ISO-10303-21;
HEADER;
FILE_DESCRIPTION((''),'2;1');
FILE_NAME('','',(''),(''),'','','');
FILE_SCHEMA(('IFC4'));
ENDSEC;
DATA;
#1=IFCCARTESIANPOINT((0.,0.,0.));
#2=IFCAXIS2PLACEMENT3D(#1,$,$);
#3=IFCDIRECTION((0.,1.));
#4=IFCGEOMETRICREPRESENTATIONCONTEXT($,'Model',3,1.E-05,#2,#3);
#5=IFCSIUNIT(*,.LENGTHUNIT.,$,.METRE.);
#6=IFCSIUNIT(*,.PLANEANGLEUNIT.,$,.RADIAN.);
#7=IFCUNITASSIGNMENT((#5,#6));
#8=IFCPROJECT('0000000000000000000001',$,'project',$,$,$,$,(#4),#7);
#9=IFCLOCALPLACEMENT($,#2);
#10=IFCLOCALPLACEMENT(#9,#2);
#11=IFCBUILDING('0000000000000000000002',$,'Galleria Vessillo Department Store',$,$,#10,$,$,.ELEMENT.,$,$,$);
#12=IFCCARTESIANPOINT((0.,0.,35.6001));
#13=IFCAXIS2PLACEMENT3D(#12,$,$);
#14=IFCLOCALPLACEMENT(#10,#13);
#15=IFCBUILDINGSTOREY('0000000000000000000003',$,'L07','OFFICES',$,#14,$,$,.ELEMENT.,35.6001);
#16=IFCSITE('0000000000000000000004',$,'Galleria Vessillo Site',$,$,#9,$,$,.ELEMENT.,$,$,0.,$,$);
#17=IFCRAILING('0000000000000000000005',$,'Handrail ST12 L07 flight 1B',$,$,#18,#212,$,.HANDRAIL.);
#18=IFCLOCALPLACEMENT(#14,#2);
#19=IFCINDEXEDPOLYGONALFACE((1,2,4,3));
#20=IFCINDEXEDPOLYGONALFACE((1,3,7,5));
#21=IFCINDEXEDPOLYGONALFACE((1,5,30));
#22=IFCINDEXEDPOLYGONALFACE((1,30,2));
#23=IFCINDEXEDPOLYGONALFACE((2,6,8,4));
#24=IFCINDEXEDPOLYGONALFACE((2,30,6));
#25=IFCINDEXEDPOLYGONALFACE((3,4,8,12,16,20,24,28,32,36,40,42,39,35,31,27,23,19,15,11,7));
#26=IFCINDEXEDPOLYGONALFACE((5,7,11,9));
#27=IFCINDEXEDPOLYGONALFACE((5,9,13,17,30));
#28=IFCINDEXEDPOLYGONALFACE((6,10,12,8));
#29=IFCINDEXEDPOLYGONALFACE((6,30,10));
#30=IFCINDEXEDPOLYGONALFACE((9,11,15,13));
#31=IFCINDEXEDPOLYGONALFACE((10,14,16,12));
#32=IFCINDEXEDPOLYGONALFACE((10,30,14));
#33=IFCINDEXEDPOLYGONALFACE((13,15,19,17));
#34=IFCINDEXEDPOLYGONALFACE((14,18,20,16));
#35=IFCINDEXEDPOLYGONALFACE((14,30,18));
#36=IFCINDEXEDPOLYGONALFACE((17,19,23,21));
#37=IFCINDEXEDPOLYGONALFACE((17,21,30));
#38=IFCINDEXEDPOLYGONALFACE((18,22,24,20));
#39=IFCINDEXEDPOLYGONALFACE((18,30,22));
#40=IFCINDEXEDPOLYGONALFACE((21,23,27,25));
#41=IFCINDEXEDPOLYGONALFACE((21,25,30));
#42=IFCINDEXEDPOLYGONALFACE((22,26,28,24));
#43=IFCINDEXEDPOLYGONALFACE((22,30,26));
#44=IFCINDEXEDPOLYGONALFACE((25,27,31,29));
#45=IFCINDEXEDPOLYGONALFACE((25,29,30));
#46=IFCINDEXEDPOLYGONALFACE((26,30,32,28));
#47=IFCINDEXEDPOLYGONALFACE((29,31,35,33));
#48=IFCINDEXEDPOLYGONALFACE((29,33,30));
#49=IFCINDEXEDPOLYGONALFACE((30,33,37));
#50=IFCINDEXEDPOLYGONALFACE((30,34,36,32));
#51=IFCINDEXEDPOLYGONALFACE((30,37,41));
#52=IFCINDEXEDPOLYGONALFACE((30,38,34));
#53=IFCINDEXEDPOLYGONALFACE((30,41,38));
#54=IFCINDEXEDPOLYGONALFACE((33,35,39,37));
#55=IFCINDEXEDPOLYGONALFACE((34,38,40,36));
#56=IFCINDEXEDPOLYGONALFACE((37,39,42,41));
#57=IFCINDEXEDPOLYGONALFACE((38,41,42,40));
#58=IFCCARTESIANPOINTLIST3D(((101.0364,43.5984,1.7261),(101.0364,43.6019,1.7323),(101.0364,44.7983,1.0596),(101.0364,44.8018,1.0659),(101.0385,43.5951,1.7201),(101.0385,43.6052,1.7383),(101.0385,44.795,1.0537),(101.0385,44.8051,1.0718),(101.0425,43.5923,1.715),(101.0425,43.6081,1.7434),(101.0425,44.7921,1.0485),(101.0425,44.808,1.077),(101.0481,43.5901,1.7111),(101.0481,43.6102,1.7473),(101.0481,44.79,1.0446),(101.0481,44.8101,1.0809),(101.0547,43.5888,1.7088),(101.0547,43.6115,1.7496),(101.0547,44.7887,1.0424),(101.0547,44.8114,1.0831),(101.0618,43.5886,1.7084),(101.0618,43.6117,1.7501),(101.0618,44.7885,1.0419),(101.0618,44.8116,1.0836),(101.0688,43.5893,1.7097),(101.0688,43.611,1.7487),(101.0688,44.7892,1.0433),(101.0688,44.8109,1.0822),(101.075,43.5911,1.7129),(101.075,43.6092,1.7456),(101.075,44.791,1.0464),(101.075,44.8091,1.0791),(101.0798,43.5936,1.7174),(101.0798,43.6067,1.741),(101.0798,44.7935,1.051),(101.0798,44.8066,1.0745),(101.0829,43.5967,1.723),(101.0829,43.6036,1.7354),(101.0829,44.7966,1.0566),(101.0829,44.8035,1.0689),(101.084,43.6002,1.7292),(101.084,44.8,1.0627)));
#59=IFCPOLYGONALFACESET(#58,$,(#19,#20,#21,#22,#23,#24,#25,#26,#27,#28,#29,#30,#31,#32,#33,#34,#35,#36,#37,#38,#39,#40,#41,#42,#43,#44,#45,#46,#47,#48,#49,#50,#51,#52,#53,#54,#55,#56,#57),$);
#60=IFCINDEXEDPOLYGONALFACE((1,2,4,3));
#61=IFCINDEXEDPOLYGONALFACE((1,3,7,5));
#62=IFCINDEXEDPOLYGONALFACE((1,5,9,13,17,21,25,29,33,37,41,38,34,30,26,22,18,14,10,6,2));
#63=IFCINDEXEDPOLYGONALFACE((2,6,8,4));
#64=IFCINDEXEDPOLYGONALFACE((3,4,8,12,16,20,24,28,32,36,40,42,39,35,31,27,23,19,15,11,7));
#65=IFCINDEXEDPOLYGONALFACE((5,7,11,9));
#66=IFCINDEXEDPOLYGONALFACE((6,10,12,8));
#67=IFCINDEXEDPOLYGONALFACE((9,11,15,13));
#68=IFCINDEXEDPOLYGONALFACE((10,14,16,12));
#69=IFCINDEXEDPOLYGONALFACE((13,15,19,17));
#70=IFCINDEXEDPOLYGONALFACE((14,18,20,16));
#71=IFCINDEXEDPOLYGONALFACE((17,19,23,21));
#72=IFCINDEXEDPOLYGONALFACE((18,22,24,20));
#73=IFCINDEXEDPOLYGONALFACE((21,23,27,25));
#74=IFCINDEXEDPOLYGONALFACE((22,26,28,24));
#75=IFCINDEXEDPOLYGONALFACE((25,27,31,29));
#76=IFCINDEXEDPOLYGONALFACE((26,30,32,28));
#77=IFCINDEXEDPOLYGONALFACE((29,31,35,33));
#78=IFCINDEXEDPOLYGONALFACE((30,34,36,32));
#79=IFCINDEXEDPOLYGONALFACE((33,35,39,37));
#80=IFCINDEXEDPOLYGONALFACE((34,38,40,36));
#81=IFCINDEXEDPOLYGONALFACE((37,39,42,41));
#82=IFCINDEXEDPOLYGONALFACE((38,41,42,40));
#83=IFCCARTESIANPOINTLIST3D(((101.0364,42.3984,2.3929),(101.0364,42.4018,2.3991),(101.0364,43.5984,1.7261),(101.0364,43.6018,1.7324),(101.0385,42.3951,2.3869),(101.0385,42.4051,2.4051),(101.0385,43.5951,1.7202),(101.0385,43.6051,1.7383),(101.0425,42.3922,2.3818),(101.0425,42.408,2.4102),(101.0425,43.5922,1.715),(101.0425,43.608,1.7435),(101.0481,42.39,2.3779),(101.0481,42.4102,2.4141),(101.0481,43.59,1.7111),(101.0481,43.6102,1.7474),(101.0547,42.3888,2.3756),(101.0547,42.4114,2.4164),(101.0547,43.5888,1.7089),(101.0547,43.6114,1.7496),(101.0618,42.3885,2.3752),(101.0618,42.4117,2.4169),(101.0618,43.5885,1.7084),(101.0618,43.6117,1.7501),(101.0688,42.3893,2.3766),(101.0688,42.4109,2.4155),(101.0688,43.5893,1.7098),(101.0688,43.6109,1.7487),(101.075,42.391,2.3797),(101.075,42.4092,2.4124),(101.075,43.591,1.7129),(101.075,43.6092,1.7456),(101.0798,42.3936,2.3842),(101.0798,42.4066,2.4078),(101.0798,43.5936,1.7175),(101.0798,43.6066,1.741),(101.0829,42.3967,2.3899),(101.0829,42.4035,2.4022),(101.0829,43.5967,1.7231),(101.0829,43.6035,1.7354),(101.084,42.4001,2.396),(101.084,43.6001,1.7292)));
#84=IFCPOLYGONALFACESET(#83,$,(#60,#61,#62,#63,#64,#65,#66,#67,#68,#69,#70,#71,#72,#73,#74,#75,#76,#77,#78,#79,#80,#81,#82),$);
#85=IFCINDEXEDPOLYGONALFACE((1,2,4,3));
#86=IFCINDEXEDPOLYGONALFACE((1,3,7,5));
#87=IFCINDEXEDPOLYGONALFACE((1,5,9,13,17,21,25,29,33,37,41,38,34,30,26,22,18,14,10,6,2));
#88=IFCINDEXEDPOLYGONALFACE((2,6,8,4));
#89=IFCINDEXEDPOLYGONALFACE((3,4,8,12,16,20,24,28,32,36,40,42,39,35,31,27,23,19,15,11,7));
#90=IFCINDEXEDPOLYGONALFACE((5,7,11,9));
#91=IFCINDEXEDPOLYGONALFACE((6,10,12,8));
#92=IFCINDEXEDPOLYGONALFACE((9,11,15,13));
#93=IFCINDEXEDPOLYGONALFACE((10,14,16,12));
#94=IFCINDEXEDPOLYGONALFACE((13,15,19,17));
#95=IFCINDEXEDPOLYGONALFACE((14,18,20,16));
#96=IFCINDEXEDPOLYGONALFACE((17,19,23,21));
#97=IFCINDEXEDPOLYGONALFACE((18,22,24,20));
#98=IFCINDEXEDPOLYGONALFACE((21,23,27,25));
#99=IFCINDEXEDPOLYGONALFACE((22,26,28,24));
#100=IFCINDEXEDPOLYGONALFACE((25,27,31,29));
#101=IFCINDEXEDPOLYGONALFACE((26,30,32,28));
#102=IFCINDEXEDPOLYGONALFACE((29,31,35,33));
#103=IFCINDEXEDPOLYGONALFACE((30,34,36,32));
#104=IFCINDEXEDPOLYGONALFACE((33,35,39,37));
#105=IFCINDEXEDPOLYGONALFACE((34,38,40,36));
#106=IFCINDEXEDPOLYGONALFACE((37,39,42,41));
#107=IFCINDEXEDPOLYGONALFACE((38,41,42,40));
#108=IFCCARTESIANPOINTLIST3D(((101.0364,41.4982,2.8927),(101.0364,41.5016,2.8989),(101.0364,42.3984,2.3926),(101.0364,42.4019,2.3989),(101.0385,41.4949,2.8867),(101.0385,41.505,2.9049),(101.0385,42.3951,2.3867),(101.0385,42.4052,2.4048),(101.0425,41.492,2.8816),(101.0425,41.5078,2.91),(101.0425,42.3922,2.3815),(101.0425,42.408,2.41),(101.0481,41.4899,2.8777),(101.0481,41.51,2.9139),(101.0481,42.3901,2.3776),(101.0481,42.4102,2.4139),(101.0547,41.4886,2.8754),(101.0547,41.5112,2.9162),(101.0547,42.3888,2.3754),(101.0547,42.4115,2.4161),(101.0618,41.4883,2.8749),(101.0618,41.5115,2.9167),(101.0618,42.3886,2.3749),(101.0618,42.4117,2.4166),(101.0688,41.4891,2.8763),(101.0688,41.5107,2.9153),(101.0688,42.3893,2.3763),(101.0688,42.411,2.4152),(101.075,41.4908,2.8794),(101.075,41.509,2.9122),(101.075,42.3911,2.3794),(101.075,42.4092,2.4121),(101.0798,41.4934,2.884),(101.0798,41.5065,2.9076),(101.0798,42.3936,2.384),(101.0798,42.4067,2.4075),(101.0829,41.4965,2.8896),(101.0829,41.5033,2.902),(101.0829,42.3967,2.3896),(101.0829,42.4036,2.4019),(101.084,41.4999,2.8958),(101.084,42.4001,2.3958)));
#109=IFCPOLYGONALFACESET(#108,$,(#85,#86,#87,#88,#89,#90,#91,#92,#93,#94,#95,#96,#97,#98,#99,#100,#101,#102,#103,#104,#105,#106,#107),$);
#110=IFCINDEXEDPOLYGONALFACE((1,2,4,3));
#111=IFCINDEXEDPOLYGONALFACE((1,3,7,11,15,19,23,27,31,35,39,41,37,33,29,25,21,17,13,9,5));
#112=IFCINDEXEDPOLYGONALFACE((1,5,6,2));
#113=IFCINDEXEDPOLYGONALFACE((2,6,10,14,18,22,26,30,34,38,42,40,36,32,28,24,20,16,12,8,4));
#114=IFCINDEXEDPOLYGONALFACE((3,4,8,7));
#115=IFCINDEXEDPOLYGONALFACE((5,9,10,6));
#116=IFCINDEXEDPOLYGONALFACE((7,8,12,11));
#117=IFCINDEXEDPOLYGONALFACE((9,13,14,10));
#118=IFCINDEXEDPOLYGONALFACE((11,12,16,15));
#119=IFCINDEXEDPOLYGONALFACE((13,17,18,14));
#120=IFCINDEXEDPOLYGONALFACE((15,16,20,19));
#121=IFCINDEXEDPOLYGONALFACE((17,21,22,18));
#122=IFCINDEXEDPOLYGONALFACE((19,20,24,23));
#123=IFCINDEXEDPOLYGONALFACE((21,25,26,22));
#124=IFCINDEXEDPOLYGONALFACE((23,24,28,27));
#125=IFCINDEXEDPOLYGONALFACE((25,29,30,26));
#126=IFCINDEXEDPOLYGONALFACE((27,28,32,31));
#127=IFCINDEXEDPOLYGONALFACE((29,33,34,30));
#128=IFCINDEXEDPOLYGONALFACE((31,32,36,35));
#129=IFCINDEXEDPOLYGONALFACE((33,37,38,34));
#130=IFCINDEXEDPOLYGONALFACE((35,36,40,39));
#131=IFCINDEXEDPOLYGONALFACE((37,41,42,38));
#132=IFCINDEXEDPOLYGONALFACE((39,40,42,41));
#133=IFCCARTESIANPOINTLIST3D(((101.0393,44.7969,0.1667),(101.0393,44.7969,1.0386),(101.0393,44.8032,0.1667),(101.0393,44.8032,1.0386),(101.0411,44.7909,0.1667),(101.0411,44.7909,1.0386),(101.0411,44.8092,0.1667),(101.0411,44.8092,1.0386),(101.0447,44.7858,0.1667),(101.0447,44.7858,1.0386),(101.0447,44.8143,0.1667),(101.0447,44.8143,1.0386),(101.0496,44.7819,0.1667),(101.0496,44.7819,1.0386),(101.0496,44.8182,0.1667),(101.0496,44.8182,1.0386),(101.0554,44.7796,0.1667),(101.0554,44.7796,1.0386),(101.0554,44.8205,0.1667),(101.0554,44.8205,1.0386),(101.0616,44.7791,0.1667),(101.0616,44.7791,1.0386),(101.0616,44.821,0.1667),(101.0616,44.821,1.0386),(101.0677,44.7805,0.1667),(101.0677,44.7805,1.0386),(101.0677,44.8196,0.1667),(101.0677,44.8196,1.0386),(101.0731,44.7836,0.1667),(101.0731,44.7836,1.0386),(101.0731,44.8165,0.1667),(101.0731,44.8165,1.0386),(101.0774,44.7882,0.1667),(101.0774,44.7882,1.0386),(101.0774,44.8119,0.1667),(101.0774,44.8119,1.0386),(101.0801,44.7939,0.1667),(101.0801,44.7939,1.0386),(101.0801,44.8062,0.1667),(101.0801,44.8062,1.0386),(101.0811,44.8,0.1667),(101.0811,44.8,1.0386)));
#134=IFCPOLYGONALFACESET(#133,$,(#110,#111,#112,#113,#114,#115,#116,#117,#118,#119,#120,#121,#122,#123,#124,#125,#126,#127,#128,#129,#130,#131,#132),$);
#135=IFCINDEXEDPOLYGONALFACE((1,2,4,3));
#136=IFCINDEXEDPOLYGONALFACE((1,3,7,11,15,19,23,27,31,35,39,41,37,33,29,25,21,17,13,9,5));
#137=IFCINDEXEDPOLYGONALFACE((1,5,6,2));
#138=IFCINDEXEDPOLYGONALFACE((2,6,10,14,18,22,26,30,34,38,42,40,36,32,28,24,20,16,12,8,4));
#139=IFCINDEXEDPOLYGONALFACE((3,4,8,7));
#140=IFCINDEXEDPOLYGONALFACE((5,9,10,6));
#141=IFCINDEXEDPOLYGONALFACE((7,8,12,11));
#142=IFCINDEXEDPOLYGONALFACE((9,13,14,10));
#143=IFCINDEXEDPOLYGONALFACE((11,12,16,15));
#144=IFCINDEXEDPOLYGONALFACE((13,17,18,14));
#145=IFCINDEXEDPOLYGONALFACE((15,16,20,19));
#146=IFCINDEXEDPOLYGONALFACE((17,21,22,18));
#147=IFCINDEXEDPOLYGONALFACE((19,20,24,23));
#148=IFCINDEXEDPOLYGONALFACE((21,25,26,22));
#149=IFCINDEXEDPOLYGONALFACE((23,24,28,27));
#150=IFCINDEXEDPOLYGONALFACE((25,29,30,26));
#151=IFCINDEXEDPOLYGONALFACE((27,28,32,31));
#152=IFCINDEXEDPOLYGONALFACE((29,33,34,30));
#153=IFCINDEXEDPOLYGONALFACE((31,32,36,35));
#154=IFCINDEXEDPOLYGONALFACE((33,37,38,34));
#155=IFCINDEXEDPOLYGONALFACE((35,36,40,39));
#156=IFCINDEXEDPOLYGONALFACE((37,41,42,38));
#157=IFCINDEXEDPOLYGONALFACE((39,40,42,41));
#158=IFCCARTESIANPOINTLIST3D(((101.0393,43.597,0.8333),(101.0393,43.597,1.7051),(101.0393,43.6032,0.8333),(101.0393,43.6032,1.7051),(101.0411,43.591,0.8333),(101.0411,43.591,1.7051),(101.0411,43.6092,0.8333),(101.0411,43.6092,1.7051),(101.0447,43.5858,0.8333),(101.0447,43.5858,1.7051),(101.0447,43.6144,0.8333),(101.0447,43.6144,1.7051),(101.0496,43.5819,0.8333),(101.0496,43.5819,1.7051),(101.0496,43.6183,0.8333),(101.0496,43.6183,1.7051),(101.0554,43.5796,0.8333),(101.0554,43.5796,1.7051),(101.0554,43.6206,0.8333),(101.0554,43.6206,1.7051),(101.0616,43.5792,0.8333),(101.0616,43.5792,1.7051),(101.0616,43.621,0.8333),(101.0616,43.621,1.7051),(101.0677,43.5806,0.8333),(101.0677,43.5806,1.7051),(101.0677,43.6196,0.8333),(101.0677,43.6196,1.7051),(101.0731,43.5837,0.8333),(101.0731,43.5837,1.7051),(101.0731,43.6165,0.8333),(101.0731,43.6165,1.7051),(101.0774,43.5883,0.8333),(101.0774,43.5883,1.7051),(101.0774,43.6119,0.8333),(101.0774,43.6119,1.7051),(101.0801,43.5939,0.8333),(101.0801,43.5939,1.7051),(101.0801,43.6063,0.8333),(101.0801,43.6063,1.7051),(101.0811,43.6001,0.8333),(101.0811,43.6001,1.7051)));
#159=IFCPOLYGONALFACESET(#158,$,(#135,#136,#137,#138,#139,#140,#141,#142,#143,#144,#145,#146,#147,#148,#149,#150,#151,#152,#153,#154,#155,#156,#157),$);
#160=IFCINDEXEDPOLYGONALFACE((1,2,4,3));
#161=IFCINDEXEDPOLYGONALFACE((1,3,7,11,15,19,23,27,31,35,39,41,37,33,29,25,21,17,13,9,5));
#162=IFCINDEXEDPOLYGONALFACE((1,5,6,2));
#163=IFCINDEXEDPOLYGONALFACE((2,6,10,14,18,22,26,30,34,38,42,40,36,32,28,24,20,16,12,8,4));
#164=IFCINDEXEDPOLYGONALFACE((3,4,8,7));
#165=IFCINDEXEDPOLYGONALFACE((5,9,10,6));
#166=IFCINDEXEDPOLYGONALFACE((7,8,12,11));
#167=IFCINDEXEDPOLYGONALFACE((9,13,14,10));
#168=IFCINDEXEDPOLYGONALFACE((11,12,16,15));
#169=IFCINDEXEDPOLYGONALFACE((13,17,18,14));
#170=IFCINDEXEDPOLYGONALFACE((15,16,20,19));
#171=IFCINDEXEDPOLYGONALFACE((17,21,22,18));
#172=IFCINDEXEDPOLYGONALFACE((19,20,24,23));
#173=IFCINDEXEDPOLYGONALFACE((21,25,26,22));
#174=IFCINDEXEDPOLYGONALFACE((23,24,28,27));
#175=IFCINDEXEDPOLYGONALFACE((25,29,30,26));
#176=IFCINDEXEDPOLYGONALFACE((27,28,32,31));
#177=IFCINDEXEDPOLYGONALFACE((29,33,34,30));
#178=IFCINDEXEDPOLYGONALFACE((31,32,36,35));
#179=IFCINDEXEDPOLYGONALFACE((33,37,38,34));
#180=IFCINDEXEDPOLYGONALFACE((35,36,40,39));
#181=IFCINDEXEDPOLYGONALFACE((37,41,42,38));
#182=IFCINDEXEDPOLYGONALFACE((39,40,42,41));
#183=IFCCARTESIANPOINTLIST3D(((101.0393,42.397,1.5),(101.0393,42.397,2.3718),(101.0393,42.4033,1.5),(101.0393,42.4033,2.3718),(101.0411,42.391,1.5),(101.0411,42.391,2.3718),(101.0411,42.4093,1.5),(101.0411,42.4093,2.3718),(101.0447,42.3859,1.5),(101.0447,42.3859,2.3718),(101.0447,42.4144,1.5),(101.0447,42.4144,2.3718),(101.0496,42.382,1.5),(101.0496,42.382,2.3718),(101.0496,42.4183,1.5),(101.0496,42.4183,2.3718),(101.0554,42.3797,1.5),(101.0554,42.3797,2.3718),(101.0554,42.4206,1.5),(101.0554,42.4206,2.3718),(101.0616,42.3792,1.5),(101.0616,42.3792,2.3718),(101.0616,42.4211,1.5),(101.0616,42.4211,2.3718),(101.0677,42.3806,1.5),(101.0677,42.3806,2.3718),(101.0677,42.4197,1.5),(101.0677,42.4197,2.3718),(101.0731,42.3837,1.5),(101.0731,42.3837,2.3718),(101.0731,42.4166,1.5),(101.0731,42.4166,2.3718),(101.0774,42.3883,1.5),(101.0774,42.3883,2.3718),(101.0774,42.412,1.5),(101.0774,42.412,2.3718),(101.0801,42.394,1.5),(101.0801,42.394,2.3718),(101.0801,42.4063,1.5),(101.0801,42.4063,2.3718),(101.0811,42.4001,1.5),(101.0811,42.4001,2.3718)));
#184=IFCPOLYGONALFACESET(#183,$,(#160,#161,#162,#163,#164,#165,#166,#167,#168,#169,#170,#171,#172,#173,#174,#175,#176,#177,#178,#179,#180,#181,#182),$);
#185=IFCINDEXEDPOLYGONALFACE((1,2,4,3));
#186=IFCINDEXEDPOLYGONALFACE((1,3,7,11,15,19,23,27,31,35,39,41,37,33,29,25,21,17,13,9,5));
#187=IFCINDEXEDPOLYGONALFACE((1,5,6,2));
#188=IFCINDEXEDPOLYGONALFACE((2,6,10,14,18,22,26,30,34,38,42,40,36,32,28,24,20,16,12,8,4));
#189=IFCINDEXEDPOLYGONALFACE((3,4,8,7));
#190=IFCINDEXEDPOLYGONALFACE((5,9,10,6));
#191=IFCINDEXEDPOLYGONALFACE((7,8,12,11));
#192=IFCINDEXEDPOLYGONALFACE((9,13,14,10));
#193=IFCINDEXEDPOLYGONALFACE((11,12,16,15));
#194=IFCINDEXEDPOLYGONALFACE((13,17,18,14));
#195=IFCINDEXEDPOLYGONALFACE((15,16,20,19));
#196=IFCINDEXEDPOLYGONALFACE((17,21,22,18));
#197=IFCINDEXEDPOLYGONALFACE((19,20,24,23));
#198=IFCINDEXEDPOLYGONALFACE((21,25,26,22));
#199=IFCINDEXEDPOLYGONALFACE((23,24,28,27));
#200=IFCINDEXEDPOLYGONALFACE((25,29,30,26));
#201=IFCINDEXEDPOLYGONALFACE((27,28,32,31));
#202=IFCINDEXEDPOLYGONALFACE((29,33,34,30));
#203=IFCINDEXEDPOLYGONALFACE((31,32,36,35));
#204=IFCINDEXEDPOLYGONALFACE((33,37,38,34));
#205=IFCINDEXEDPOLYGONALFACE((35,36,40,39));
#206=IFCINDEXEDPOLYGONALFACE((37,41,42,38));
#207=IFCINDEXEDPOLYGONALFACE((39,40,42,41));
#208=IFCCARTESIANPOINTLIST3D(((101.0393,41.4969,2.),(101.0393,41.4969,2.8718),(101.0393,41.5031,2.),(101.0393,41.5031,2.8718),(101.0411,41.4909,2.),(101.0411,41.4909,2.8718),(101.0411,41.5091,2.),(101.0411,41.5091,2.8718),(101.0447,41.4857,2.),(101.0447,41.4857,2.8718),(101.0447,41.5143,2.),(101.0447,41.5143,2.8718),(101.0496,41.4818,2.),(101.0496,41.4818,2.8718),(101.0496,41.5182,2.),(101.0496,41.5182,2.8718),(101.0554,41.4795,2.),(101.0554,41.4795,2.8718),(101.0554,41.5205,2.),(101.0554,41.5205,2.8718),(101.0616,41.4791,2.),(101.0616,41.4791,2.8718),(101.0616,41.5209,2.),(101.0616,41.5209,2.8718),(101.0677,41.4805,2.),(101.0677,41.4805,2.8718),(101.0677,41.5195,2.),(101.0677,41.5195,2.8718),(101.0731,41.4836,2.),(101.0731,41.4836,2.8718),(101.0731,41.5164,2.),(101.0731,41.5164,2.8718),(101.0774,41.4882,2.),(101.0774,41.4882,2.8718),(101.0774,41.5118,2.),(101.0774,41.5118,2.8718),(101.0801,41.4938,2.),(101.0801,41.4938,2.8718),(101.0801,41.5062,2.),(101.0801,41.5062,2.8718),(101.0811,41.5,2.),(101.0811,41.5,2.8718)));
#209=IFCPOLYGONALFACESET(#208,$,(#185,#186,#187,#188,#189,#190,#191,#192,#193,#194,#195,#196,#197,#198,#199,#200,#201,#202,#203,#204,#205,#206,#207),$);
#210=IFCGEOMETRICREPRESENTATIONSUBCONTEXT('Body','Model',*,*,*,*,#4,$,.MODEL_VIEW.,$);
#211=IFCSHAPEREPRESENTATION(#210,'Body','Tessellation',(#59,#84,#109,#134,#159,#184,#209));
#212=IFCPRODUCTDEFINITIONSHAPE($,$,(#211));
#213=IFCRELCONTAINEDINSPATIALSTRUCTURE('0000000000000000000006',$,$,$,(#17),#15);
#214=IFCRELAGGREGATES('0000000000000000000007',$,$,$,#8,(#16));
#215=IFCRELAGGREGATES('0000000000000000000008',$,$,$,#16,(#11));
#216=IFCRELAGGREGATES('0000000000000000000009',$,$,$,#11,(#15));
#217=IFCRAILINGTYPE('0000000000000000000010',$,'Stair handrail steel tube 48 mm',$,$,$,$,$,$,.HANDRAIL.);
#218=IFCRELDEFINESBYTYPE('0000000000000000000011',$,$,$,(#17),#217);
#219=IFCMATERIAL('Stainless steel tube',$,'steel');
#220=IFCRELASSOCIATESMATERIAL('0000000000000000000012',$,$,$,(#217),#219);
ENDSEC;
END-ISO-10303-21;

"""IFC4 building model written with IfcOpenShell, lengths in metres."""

from ifc_helpers import new_model, si_unit, direction, frame, origin, origin_2d, place, context, subcontext, project, spatial, circle, extrude, material, type_object, element, save


model = new_model("IFC4")

# Units and contexts
model_context = context("Model", 3, precision=1e-05, world=origin(), true_north=direction((0.0, 1.0)))
body_context = subcontext(model_context, "Body", "Model", "MODEL_VIEW")
ifc_project = project(units=[si_unit("LENGTHUNIT", "METRE"), si_unit("PLANEANGLEUNIT", "RADIAN")], contexts=[model_context])

# Site, building, storey
site_placement = place(None, origin())
site = spatial("IfcSite", under=ifc_project, at=site_placement, Name="Galleria Vessillo Site", CompositionType="ELEMENT", RefElevation=0.0)
building_placement = place(site_placement, origin())
building = spatial("IfcBuilding", under=site, at=building_placement, Name="Galleria Vessillo Department Store", CompositionType="ELEMENT")
storey_placement = place(building_placement, frame((0.0, 0.0, 35.6001)))
storey = spatial("IfcBuildingStorey", under=building, at=storey_placement, Name="L07", Description="OFFICES", CompositionType="ELEMENT", Elevation=35.6001)

# Railing
ifc_material_1 = material(Name="Stainless steel tube", Category="steel")
railing_type = type_object("IfcRailingType", Name="Stair handrail steel tube 48 mm", PredefinedType="HANDRAIL", material=ifc_material_1)
for number, where, name in (
    (1, (101.0601, 44.8, 0.1667), "Handrail ST12 L07 flight 1B"),
):
    element("IfcRailing", number, at=place(storey_placement, frame(where)), inside=storey, type_object=railing_type, Name=name, PredefinedType="HANDRAIL", context=body_context, shape_type="SweptSolid", body=[
        extrude(circle(Radius=0.0239, at=origin_2d()), frame((0.0, 0.0, 0.896), z_axis=(0.0, -0.874199, 0.485567), x_axis=(1.0, 0.0, 0.0)), (0.0, 0.0, 1.0), 1.3726),
        extrude(circle(Radius=0.0239, at=origin_2d()), frame((0.0, -1.2, 1.5625), z_axis=(0.0, -0.874124, 0.485703), x_axis=(1.0, 0.0, 0.0)), (0.0, 0.0, 1.0), 1.3728),
        extrude(circle(Radius=0.0239, at=origin_2d()), frame((0.0, -2.3999, 2.229), z_axis=(0.0, -0.874191, 0.485583), x_axis=(1.0, 0.0, 0.0)), (0.0, 0.0, 1.0), 1.0298),
        extrude(circle(Radius=0.021, at=origin_2d()), origin(), (0.0, 0.0, 1.0), 0.8718),
        extrude(circle(Radius=0.021, at=origin_2d()), frame((0.0, -1.2, 0.6665)), (0.0, 0.0, 1.0), 0.8718),
        extrude(circle(Radius=0.021, at=origin_2d()), frame((0.0, -2.3999, 1.3333)), (0.0, 0.0, 1.0), 0.8718),
        extrude(circle(Radius=0.021, at=origin_2d()), frame((0.0, -3.3, 1.8333)), (0.0, 0.0, 1.0), 0.8718),
    ])

save(model, "model.ifc")
